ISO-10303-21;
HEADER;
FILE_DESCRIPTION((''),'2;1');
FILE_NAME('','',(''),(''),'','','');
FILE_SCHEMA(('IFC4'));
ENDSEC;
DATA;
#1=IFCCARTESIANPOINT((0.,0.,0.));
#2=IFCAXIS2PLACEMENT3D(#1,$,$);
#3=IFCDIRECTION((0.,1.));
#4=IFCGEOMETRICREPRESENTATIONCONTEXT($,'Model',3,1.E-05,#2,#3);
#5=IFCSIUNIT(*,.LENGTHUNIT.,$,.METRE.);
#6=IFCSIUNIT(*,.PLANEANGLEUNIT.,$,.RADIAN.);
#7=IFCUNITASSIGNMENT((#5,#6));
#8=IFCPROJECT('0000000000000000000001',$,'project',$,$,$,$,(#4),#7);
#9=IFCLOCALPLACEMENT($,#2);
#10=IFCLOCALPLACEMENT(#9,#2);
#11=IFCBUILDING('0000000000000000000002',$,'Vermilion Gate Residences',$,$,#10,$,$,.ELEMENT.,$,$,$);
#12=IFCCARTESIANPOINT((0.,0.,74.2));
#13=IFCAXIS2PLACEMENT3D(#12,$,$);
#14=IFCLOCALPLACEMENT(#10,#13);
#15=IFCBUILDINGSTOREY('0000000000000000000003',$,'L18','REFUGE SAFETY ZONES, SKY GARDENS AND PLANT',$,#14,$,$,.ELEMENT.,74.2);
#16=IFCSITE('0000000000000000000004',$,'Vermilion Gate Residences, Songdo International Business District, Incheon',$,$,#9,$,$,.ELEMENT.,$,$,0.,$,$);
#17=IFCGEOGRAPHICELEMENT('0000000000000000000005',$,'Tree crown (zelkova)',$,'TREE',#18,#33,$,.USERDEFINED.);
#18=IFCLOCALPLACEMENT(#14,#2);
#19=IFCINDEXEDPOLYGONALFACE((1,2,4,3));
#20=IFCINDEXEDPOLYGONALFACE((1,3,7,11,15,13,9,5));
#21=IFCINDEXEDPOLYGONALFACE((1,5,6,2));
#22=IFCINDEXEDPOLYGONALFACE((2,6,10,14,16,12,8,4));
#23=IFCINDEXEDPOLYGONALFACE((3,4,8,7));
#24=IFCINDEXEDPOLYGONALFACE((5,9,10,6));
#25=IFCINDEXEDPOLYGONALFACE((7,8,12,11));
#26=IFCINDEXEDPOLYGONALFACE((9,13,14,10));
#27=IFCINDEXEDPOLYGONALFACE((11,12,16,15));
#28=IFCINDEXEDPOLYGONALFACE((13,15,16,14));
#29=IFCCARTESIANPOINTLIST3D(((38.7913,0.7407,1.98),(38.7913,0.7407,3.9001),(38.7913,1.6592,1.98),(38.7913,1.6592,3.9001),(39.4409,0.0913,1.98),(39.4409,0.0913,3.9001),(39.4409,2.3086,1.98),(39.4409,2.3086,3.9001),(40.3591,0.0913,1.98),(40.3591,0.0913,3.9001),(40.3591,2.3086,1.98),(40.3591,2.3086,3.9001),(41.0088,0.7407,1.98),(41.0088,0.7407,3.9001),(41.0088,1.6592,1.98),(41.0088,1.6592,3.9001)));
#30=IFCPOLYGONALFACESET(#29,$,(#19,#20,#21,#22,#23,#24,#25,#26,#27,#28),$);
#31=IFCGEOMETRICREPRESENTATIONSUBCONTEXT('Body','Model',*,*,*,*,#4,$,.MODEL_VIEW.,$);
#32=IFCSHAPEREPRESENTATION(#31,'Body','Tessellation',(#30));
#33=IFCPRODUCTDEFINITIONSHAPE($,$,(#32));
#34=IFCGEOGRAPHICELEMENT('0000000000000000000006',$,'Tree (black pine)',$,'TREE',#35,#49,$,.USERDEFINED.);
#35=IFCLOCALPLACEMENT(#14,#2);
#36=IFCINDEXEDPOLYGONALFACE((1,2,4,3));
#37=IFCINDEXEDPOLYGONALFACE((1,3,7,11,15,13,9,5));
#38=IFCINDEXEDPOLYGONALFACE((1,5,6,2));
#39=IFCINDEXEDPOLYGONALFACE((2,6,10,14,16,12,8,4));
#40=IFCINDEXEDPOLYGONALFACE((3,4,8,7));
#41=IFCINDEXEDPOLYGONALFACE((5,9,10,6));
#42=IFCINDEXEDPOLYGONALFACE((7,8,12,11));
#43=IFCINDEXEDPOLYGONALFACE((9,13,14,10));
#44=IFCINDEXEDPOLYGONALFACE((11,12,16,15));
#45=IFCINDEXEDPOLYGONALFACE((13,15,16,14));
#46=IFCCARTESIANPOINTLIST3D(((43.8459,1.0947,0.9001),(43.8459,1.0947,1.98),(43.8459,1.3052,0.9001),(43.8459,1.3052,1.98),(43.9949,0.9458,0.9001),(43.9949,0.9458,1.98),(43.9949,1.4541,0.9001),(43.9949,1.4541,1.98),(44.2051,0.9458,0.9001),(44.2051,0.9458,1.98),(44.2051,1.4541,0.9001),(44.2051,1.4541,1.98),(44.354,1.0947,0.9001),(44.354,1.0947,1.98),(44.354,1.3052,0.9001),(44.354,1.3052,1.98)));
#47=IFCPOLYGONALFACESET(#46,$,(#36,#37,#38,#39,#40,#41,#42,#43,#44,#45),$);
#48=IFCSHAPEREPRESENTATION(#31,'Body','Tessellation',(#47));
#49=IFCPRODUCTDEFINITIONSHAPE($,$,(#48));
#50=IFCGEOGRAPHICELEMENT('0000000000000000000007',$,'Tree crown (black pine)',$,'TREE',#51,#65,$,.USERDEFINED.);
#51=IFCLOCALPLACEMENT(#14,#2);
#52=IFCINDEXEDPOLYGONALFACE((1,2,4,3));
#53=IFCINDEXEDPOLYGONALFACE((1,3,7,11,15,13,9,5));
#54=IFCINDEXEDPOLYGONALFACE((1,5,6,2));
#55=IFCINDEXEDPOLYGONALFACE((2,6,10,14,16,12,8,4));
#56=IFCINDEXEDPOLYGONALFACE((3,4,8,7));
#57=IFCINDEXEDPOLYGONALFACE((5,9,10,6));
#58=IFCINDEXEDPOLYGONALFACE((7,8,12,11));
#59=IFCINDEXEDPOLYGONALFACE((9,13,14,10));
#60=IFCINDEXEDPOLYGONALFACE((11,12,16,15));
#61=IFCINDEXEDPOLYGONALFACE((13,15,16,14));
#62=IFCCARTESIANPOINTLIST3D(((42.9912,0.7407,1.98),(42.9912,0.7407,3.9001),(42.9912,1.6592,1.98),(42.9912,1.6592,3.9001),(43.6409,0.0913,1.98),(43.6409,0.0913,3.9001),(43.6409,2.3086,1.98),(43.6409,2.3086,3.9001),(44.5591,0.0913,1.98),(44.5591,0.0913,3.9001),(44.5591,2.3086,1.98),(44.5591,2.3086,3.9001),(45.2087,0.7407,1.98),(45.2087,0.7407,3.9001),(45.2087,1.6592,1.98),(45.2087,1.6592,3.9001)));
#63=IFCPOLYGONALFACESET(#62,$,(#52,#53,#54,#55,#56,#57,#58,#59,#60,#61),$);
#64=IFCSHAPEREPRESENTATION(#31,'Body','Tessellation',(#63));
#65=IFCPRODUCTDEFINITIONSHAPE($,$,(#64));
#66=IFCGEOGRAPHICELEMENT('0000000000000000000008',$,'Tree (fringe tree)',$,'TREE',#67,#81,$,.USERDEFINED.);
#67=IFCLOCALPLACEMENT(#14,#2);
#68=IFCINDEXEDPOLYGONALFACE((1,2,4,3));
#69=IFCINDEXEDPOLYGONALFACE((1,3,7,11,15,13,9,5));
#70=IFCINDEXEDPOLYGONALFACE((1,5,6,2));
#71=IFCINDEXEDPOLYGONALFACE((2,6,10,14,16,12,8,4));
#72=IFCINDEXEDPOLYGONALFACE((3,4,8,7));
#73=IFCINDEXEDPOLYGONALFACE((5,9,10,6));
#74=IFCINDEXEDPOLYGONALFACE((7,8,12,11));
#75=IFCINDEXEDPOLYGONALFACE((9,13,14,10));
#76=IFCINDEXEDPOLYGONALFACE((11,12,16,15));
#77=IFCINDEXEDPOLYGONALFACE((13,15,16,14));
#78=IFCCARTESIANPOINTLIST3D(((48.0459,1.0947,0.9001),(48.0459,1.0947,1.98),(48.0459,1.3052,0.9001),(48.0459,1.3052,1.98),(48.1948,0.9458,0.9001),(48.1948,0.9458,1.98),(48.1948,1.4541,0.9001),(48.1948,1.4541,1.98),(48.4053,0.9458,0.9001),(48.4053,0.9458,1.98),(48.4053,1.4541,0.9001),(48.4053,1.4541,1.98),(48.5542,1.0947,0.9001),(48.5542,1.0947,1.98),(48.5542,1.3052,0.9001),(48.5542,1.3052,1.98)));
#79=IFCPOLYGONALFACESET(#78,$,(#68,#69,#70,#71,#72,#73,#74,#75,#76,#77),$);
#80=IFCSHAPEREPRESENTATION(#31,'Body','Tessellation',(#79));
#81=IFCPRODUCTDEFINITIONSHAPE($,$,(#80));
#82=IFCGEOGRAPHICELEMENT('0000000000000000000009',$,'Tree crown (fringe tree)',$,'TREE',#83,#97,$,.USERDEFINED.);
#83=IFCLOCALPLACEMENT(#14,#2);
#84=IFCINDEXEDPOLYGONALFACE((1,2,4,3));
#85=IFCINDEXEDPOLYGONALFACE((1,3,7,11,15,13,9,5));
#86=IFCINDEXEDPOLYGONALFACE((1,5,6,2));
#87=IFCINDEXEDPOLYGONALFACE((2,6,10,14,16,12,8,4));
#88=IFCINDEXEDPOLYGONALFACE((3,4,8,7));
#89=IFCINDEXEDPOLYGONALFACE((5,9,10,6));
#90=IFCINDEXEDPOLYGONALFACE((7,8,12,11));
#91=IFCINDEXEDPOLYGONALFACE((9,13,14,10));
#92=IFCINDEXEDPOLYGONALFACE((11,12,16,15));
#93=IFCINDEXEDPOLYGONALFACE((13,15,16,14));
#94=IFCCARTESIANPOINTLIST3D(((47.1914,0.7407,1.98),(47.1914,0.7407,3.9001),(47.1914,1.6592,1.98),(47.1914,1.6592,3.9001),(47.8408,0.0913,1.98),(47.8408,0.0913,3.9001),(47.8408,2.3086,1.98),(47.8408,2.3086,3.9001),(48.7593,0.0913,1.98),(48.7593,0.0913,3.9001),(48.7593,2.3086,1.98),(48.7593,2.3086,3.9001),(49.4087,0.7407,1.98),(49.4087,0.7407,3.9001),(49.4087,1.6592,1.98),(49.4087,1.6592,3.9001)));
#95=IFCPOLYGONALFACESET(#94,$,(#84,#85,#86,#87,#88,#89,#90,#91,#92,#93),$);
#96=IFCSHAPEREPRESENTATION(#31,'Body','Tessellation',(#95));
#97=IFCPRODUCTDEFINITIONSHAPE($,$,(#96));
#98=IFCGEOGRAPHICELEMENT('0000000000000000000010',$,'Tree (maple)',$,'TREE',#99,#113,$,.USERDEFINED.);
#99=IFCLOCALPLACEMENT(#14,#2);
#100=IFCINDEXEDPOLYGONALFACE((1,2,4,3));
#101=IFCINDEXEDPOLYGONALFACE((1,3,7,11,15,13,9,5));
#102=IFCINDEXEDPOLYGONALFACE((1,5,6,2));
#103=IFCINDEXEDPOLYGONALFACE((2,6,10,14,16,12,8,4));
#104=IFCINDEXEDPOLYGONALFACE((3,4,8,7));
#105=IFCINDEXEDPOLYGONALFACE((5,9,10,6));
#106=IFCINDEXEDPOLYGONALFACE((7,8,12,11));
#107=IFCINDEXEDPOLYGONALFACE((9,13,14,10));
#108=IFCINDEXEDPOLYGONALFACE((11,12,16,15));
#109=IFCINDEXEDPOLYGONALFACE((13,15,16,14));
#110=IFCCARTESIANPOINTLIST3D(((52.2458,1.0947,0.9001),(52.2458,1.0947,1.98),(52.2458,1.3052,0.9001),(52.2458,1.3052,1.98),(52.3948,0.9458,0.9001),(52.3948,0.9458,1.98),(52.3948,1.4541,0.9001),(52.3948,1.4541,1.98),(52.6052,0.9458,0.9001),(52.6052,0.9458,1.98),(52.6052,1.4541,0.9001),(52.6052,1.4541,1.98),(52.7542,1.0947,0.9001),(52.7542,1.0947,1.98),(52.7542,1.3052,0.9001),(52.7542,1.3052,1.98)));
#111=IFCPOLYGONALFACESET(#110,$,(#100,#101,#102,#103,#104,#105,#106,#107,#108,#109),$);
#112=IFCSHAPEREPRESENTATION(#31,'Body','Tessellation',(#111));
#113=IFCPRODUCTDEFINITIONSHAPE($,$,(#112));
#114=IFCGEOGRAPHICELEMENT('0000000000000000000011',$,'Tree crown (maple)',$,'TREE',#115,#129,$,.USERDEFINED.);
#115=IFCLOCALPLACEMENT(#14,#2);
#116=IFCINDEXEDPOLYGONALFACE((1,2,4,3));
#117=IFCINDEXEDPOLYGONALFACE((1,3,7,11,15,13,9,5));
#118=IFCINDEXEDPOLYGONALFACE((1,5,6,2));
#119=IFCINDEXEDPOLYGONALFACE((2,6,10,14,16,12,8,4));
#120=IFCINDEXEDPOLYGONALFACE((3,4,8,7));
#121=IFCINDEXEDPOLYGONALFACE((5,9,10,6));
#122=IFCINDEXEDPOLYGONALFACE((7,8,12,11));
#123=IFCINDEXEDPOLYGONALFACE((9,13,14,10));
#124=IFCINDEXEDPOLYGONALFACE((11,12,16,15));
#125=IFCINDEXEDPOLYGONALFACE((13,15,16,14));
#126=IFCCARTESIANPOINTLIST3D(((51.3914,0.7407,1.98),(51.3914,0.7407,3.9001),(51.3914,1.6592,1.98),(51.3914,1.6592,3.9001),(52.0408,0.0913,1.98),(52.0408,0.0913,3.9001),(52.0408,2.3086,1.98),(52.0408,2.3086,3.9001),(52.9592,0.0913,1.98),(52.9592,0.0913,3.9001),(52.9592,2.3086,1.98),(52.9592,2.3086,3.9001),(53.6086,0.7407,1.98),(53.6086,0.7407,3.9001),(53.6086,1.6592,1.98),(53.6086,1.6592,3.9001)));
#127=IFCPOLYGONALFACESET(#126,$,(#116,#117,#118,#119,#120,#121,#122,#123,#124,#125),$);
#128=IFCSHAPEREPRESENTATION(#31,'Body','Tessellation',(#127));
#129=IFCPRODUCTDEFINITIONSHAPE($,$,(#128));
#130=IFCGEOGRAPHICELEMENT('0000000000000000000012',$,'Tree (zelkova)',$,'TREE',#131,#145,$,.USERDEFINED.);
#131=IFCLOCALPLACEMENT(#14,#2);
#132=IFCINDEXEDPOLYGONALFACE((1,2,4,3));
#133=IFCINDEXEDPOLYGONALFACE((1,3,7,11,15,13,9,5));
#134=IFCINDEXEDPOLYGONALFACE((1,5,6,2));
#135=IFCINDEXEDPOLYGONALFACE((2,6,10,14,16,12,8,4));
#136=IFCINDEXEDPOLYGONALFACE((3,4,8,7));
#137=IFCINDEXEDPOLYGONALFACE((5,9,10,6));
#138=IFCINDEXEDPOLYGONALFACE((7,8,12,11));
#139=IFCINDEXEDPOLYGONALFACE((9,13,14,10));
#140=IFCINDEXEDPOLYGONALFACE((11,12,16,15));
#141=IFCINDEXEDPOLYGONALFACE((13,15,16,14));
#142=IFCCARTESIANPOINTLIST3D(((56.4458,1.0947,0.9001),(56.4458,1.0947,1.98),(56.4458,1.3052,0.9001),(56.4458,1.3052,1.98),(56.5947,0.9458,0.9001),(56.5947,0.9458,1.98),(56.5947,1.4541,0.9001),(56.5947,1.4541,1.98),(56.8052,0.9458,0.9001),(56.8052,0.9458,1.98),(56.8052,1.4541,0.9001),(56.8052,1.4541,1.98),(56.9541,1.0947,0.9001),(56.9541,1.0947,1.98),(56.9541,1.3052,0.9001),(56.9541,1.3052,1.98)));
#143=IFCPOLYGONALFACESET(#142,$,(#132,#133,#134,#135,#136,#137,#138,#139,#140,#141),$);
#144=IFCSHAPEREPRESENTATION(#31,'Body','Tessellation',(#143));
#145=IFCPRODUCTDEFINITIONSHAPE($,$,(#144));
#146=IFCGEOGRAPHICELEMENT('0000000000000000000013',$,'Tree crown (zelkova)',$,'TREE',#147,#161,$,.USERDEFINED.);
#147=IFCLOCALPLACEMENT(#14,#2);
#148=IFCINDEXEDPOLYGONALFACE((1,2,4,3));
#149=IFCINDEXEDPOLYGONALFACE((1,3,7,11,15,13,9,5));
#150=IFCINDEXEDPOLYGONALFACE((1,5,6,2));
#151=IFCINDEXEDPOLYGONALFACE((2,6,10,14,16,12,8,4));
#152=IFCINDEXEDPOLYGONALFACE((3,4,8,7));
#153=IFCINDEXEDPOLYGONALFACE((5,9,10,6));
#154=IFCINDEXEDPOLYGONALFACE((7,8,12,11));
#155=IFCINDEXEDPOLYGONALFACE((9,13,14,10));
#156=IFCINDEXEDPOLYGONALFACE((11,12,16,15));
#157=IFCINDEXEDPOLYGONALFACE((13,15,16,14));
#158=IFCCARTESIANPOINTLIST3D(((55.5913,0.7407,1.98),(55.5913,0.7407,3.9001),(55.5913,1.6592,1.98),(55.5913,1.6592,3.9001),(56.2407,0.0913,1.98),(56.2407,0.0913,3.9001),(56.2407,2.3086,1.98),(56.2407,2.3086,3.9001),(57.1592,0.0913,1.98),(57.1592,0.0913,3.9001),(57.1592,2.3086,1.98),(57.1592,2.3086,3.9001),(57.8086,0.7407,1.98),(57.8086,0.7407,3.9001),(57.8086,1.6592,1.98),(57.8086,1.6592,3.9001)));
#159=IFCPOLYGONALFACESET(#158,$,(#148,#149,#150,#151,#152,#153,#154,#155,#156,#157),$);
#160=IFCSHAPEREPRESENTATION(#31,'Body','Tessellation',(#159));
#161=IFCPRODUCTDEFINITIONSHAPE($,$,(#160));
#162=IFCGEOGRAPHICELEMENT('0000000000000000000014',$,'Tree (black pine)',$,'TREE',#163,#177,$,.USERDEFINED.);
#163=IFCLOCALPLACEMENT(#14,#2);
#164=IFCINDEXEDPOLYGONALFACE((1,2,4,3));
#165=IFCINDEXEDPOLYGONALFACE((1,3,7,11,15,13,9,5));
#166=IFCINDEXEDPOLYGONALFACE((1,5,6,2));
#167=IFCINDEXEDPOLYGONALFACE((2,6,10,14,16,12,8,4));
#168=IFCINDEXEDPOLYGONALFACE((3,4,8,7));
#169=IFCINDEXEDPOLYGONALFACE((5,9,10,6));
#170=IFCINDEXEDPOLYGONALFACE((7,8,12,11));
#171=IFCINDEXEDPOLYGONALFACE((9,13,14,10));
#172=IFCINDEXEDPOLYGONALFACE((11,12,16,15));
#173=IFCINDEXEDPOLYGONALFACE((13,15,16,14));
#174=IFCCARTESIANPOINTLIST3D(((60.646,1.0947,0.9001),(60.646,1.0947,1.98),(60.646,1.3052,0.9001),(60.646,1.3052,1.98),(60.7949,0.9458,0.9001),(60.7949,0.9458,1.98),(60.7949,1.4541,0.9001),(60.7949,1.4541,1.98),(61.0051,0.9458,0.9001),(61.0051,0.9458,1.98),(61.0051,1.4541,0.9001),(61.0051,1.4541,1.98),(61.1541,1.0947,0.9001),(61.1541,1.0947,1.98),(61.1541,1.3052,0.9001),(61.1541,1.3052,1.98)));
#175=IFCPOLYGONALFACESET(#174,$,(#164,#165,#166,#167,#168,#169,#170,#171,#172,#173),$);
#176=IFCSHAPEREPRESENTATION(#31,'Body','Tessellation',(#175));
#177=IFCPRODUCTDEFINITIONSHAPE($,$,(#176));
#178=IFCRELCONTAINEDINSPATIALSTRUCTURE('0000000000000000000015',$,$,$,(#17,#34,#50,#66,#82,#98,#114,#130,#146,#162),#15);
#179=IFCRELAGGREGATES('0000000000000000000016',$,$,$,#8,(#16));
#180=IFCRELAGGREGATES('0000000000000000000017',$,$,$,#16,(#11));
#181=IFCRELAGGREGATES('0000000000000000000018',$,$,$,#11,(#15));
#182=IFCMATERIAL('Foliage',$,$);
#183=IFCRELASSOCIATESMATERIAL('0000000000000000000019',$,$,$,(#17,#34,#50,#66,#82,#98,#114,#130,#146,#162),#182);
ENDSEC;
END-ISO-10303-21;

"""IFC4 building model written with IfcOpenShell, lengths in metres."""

from ifc_helpers import new_model, si_unit, direction, frame, origin, place, context, subcontext, project, spatial, polyline, outline, extrude, material, element, save


model = new_model("IFC4")

# Units and contexts
model_context = context("Model", 3, precision=1e-05, world=origin(), true_north=direction((0.0, 1.0)))
body_context = subcontext(model_context, "Body", "Model", "MODEL_VIEW")
ifc_project = project(units=[si_unit("LENGTHUNIT", "METRE"), si_unit("PLANEANGLEUNIT", "RADIAN")], contexts=[model_context])

# Site, building, storey
site_placement = place(None, origin())
site = spatial("IfcSite", under=ifc_project, at=site_placement, Name="Vermilion Gate Residences, Songdo International Business District, Incheon", CompositionType="ELEMENT", RefElevation=0.0)
building_placement = place(site_placement, origin())
building = spatial("IfcBuilding", under=site, at=building_placement, Name="Vermilion Gate Residences", CompositionType="ELEMENT")
storey_placement = place(building_placement, frame((0.0, 0.0, 74.2)))
storey = spatial("IfcBuildingStorey", under=building, at=storey_placement, Name="L18", Description="REFUGE SAFETY ZONES, SKY GARDENS AND PLANT", CompositionType="ELEMENT", Elevation=74.2)

# Geographic elements
ifc_material = material(Name="Foliage")
geographic_element_1_placement = place(storey_placement, frame((0.0, 0.0, 1.98)))
element("IfcGeographicElement", 1, at=geographic_element_1_placement, inside=storey, material=ifc_material, Name="Tree crown (zelkova)", ObjectType="TREE", PredefinedType="USERDEFINED", context=body_context, shape_type="SweptSolid", body=[
    extrude(outline(polyline([(41.0088, 1.6592), (40.3591, 2.3086), (39.4409, 2.3086), (38.7913, 1.6592), (38.7913, 0.7407), (39.4409, 0.0913), (40.3591, 0.0913), (41.0088, 0.7407), (41.0088, 1.6592)])), origin(), (0.0, 0.0, 1.0), 1.9202),
])
geographic_element_2_placement = place(storey_placement, frame((0.0, 0.0, 0.9001)))
element("IfcGeographicElement", 2, at=geographic_element_2_placement, inside=storey, material=ifc_material, Name="Tree (black pine)", ObjectType="TREE", PredefinedType="USERDEFINED", context=body_context, shape_type="SweptSolid", body=[
    extrude(outline(polyline([(44.354, 1.3052), (44.2051, 1.4541), (43.9949, 1.4541), (43.8459, 1.3052), (43.8459, 1.0947), (43.9949, 0.9458), (44.2051, 0.9458), (44.354, 1.0947), (44.354, 1.3052)])), origin(), (0.0, 0.0, 1.0), 1.0798),
])
geographic_element_3_placement = place(storey_placement, frame((0.0, 0.0, 1.98)))
element("IfcGeographicElement", 3, at=geographic_element_3_placement, inside=storey, material=ifc_material, Name="Tree crown (black pine)", ObjectType="TREE", PredefinedType="USERDEFINED", context=body_context, shape_type="SweptSolid", body=[
    extrude(outline(polyline([(45.2087, 1.6592), (44.5591, 2.3086), (43.6409, 2.3086), (42.9912, 1.6592), (42.9912, 0.7407), (43.6409, 0.0913), (44.5591, 0.0913), (45.2087, 0.7407), (45.2087, 1.6592)])), origin(), (0.0, 0.0, 1.0), 1.9202),
])
geographic_element_4_placement = place(storey_placement, frame((0.0, 0.0, 0.9001)))
element("IfcGeographicElement", 4, at=geographic_element_4_placement, inside=storey, material=ifc_material, Name="Tree (fringe tree)", ObjectType="TREE", PredefinedType="USERDEFINED", context=body_context, shape_type="SweptSolid", body=[
    extrude(outline(polyline([(48.5542, 1.3052), (48.4053, 1.4541), (48.1948, 1.4541), (48.0459, 1.3052), (48.0459, 1.0947), (48.1948, 0.9458), (48.4053, 0.9458), (48.5542, 1.0947), (48.5542, 1.3052)])), origin(), (0.0, 0.0, 1.0), 1.0798),
])
geographic_element_5_placement = place(storey_placement, frame((0.0, 0.0, 1.98)))
element("IfcGeographicElement", 5, at=geographic_element_5_placement, inside=storey, material=ifc_material, Name="Tree crown (fringe tree)", ObjectType="TREE", PredefinedType="USERDEFINED", context=body_context, shape_type="SweptSolid", body=[
    extrude(outline(polyline([(49.4087, 1.6592), (48.7593, 2.3086), (47.8408, 2.3086), (47.1914, 1.6592), (47.1914, 0.7407), (47.8408, 0.0913), (48.7593, 0.0913), (49.4087, 0.7407), (49.4087, 1.6592)])), origin(), (0.0, 0.0, 1.0), 1.9202),
])
geographic_element_6_placement = place(storey_placement, frame((0.0, 0.0, 0.9001)))
element("IfcGeographicElement", 6, at=geographic_element_6_placement, inside=storey, material=ifc_material, Name="Tree (maple)", ObjectType="TREE", PredefinedType="USERDEFINED", context=body_context, shape_type="SweptSolid", body=[
    extrude(outline(polyline([(52.7542, 1.3052), (52.6052, 1.4541), (52.3948, 1.4541), (52.2458, 1.3052), (52.2458, 1.0947), (52.3948, 0.9458), (52.6052, 0.9458), (52.7542, 1.0947), (52.7542, 1.3052)])), origin(), (0.0, 0.0, 1.0), 1.0798),
])
geographic_element_7_placement = place(storey_placement, frame((0.0, 0.0, 1.98)))
element("IfcGeographicElement", 7, at=geographic_element_7_placement, inside=storey, material=ifc_material, Name="Tree crown (maple)", ObjectType="TREE", PredefinedType="USERDEFINED", context=body_context, shape_type="SweptSolid", body=[
    extrude(outline(polyline([(53.6086, 1.6592), (52.9592, 2.3086), (52.0408, 2.3086), (51.3914, 1.6592), (51.3914, 0.7407), (52.0408, 0.0913), (52.9592, 0.0913), (53.6086, 0.7407), (53.6086, 1.6592)])), origin(), (0.0, 0.0, 1.0), 1.9202),
])
geographic_element_8_placement = place(storey_placement, frame((0.0, 0.0, 0.9001)))
element("IfcGeographicElement", 8, at=geographic_element_8_placement, inside=storey, material=ifc_material, Name="Tree (zelkova)", ObjectType="TREE", PredefinedType="USERDEFINED", context=body_context, shape_type="SweptSolid", body=[
    extrude(outline(polyline([(56.9541, 1.3052), (56.8052, 1.4541), (56.5947, 1.4541), (56.4458, 1.3052), (56.4458, 1.0947), (56.5947, 0.9458), (56.8052, 0.9458), (56.9541, 1.0947), (56.9541, 1.3052)])), origin(), (0.0, 0.0, 1.0), 1.0798),
])
geographic_element_9_placement = place(storey_placement, frame((0.0, 0.0, 1.98)))
element("IfcGeographicElement", 9, at=geographic_element_9_placement, inside=storey, material=ifc_material, Name="Tree crown (zelkova)", ObjectType="TREE", PredefinedType="USERDEFINED", context=body_context, shape_type="SweptSolid", body=[
    extrude(outline(polyline([(57.8086, 1.6592), (57.1592, 2.3086), (56.2407, 2.3086), (55.5913, 1.6592), (55.5913, 0.7407), (56.2407, 0.0913), (57.1592, 0.0913), (57.8086, 0.7407), (57.8086, 1.6592)])), origin(), (0.0, 0.0, 1.0), 1.9202),
])
geographic_element_10_placement = place(storey_placement, frame((0.0, 0.0, 0.9001)))
element("IfcGeographicElement", 10, at=geographic_element_10_placement, inside=storey, material=ifc_material, Name="Tree (black pine)", ObjectType="TREE", PredefinedType="USERDEFINED", context=body_context, shape_type="SweptSolid", body=[
    extrude(outline(polyline([(61.1541, 1.3052), (61.0051, 1.4541), (60.7949, 1.4541), (60.646, 1.3052), (60.646, 1.0947), (60.7949, 0.9458), (61.0051, 0.9458), (61.1541, 1.0947), (61.1541, 1.3052)])), origin(), (0.0, 0.0, 1.0), 1.0798),
])

save(model, "model.ifc")
